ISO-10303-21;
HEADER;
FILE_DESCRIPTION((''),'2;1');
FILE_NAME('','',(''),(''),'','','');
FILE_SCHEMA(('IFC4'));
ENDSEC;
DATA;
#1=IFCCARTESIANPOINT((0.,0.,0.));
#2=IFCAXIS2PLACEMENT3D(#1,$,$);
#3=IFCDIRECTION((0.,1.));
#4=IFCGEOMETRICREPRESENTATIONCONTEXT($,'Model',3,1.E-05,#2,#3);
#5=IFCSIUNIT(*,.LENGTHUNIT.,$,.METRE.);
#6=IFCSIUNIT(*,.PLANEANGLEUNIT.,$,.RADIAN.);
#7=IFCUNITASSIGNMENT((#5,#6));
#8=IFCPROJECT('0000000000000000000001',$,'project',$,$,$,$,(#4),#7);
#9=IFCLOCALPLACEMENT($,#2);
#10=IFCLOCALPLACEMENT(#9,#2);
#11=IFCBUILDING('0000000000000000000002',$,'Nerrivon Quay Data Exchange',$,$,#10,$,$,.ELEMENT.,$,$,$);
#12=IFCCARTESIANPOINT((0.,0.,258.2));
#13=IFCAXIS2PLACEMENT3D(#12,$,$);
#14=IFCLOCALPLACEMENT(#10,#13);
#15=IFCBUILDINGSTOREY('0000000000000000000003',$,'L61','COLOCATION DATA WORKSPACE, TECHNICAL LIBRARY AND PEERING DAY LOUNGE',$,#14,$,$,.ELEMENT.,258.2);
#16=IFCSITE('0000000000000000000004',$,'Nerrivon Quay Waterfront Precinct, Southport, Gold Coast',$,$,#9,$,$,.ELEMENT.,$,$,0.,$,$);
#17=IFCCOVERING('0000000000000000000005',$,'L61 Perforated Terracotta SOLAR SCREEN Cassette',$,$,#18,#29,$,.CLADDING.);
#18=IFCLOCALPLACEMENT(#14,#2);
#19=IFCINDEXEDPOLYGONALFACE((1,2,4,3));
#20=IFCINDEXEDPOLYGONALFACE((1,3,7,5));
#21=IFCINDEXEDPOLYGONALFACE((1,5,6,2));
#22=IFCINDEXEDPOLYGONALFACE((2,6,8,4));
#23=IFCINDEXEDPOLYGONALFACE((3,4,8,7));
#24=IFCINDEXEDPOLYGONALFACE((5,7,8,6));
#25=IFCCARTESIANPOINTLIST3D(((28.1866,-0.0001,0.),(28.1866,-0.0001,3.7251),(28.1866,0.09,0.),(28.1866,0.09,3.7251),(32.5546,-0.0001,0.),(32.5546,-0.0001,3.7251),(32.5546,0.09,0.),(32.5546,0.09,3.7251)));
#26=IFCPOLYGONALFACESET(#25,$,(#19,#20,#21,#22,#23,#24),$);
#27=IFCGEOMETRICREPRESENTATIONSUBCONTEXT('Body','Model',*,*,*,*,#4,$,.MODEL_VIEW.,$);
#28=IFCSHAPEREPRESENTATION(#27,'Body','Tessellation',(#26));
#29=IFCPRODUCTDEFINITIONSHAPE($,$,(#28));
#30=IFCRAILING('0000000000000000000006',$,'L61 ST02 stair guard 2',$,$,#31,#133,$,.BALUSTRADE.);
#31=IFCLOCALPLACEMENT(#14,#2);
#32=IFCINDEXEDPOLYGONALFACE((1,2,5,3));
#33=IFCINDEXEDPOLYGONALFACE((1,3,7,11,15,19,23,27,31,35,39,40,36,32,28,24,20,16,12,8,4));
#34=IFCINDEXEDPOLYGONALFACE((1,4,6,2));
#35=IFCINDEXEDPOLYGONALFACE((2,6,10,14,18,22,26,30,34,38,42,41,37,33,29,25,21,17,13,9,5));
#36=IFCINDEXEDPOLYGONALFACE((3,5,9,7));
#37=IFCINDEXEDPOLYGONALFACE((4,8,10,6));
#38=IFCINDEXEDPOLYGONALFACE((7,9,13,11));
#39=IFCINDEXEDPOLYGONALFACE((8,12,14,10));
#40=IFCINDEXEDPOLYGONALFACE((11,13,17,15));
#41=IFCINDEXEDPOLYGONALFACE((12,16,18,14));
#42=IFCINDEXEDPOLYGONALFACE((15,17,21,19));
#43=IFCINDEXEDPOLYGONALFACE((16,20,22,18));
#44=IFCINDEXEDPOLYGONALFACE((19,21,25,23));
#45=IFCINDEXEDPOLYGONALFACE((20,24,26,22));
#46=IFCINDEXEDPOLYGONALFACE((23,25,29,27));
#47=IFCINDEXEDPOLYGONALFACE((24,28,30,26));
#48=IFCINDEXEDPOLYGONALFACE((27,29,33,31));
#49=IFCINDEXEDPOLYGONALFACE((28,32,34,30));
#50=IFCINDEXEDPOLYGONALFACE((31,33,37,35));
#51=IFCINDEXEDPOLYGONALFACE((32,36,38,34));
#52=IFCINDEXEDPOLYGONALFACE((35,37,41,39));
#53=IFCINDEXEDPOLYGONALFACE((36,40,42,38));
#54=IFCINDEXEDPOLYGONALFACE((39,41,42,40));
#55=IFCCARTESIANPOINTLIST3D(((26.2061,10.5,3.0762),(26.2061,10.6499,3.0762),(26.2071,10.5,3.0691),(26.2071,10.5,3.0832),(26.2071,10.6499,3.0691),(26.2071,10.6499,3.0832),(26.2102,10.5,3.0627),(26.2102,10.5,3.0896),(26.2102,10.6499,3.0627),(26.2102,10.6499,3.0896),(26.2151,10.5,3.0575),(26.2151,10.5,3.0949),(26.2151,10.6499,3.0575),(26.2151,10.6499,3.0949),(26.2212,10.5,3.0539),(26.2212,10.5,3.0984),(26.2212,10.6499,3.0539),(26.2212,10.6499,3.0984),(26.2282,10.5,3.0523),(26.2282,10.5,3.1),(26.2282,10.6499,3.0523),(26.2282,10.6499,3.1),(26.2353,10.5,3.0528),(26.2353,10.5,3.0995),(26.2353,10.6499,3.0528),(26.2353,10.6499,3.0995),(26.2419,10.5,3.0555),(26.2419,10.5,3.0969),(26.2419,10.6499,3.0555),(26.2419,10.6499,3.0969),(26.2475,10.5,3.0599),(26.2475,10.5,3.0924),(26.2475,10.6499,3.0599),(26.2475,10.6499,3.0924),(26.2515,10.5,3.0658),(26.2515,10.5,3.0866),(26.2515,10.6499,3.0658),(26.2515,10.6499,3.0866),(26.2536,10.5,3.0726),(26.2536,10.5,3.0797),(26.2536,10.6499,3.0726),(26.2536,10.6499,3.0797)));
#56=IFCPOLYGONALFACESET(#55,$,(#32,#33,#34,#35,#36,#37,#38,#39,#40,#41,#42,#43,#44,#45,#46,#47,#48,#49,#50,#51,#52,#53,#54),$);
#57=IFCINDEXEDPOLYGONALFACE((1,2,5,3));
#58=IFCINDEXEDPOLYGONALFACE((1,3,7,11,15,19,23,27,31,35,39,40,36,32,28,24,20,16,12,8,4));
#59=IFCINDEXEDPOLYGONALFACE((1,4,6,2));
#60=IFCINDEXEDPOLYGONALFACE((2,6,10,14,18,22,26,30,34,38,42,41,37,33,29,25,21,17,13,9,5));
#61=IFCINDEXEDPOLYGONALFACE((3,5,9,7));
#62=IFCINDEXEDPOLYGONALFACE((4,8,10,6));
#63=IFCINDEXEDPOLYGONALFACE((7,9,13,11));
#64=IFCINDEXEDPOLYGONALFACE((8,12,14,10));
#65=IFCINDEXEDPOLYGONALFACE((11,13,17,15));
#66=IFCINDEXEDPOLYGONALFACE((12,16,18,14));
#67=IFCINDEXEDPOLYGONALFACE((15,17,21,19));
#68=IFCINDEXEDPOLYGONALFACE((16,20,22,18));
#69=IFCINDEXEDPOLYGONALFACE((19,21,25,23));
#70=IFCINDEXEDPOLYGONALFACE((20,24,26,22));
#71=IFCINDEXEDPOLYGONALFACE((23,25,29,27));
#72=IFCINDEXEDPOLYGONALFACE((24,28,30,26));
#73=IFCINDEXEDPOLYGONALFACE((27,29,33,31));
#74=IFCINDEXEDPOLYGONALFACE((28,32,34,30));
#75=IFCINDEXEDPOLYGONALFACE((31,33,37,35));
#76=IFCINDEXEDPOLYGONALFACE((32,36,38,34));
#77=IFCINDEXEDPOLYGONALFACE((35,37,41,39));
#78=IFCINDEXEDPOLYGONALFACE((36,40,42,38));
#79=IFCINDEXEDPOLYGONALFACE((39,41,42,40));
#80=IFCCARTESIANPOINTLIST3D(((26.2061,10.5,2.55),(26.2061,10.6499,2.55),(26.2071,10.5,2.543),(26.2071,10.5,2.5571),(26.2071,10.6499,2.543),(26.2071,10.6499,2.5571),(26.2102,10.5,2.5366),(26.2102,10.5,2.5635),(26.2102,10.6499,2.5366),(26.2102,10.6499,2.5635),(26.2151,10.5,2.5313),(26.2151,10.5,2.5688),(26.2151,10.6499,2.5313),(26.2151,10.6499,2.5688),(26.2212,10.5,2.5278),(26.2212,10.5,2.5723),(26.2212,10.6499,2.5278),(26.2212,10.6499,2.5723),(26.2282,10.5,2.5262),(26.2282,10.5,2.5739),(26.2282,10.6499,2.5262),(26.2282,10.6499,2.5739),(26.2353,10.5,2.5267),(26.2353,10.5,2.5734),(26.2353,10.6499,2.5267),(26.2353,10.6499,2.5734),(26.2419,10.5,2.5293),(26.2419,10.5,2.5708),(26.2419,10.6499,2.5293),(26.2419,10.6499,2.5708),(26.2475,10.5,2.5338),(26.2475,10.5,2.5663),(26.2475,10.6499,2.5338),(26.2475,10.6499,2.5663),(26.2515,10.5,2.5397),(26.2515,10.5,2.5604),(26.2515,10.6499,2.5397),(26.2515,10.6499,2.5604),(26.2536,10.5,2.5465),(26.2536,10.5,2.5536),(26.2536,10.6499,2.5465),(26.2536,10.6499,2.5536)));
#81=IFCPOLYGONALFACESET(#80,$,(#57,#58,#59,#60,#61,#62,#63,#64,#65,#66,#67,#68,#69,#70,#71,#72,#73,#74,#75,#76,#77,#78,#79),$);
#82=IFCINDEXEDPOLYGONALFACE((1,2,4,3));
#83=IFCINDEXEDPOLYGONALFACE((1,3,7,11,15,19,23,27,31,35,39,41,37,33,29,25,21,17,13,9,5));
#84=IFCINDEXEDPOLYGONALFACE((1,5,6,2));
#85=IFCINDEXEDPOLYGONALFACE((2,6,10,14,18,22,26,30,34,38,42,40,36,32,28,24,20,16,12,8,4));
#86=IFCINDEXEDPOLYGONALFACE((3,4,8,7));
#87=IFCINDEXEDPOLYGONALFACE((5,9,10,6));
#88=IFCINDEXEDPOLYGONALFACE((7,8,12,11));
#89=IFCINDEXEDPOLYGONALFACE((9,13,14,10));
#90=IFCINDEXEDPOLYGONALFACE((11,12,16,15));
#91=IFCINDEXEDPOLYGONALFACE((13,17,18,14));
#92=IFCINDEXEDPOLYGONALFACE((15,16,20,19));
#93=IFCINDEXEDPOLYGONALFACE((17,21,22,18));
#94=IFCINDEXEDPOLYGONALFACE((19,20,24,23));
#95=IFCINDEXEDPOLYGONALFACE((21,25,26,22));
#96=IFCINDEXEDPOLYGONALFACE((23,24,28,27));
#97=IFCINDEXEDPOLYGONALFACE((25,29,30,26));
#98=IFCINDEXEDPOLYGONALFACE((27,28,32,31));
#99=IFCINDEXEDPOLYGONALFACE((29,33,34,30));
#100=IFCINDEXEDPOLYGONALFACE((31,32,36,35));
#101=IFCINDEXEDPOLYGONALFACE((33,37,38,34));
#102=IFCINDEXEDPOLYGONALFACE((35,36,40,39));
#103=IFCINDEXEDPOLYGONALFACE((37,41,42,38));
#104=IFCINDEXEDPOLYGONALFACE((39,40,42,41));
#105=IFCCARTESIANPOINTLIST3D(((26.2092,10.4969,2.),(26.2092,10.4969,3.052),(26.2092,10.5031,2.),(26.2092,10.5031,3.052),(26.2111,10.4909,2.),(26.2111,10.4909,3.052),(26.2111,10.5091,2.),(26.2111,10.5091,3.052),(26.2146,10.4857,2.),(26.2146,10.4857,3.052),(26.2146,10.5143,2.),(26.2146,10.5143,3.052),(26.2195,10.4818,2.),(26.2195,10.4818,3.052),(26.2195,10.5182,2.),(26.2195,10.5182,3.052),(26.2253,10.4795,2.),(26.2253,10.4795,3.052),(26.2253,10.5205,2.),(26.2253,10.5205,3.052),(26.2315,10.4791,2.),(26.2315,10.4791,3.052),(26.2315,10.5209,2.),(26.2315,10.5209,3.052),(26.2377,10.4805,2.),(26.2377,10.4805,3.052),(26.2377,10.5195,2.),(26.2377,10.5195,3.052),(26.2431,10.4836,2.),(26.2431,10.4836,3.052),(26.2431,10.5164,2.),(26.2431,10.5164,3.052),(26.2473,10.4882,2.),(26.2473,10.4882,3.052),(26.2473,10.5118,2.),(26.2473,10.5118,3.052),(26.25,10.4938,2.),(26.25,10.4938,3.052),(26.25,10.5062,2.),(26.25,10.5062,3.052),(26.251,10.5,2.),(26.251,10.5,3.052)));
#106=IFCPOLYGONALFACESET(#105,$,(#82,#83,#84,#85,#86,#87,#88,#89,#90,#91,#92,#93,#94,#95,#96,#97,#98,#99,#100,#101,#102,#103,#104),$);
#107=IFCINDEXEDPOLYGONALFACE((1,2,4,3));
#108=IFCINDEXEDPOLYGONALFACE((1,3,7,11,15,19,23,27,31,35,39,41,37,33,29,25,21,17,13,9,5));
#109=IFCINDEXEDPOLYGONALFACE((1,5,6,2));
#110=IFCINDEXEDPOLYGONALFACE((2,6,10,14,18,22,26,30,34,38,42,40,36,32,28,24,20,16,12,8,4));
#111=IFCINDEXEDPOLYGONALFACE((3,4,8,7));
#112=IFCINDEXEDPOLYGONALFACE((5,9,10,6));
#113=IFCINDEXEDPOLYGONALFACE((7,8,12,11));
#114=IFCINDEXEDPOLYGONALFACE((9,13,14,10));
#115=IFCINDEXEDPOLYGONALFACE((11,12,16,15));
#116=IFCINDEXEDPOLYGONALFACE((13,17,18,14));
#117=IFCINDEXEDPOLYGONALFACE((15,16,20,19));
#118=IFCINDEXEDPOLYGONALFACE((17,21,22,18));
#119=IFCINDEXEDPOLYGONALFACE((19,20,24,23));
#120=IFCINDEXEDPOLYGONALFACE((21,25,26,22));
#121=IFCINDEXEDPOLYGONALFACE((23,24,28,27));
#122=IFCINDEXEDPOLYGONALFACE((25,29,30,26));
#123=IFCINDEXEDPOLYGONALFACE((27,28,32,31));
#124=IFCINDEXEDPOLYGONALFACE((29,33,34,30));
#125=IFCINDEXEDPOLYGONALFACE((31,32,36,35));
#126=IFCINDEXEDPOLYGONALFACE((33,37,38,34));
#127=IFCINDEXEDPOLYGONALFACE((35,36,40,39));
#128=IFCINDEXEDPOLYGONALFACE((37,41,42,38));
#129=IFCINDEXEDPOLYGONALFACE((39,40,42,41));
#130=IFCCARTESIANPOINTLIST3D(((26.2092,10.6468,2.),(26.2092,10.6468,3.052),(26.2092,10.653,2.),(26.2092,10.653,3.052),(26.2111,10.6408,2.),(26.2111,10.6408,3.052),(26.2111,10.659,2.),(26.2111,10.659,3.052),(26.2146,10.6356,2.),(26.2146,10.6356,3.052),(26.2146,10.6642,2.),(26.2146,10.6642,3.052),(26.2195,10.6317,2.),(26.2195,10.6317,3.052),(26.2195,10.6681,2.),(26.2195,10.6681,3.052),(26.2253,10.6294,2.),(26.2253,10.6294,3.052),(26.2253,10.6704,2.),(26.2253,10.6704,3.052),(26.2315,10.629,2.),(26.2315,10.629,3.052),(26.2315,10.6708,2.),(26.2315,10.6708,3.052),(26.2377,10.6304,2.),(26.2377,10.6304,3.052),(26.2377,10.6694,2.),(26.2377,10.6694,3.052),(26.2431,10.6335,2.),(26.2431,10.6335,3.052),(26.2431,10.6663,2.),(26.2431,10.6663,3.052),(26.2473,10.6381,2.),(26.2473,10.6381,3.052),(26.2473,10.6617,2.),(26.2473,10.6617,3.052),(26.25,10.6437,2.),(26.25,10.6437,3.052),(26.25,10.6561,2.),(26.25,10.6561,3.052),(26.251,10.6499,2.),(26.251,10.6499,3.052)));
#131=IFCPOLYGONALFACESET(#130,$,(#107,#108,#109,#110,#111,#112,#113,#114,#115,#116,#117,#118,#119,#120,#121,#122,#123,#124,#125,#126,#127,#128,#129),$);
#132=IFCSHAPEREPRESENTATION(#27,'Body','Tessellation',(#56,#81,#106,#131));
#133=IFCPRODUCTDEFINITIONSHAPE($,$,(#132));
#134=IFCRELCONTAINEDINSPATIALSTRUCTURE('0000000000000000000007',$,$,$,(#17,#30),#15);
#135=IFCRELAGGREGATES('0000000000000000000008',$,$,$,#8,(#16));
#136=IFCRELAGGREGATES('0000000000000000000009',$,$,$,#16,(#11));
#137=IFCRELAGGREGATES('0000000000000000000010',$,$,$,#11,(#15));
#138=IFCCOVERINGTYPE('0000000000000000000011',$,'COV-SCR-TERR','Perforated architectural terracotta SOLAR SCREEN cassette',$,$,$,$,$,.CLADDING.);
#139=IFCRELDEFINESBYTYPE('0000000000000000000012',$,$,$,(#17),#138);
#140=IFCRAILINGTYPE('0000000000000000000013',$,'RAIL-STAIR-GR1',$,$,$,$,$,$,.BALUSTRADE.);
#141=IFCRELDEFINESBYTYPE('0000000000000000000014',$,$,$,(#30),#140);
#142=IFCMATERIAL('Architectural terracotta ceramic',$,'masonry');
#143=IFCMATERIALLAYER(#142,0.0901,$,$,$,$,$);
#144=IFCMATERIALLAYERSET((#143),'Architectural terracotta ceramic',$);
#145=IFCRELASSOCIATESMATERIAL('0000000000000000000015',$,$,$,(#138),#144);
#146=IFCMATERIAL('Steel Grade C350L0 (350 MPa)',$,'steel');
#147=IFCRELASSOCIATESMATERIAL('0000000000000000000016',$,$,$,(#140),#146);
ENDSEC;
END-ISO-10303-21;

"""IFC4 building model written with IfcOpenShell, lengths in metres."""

from ifc_helpers import new_model, si_unit, direction, frame, origin, origin_2d, place, context, subcontext, project, spatial, rectangle, circle, extrude, material, layer, layer_set, type_object, element, save


model = new_model("IFC4")

# Units and contexts
model_context = context("Model", 3, precision=1e-05, world=origin(), true_north=direction((0.0, 1.0)))
body_context = subcontext(model_context, "Body", "Model", "MODEL_VIEW")
ifc_project = project(units=[si_unit("LENGTHUNIT", "METRE"), si_unit("PLANEANGLEUNIT", "RADIAN")], contexts=[model_context])

# Site, building, storey
site_placement = place(None, origin())
site = spatial("IfcSite", under=ifc_project, at=site_placement, Name="Nerrivon Quay Waterfront Precinct, Southport, Gold Coast", CompositionType="ELEMENT", RefElevation=0.0)
building_placement = place(site_placement, origin())
building = spatial("IfcBuilding", under=site, at=building_placement, Name="Nerrivon Quay Data Exchange", CompositionType="ELEMENT")
storey_placement = place(building_placement, frame((0.0, 0.0, 258.2)))
storey = spatial("IfcBuildingStorey", under=building, at=storey_placement, Name="L61", Description="COLOCATION DATA WORKSPACE, TECHNICAL LIBRARY AND PEERING DAY LOUNGE", CompositionType="ELEMENT", Elevation=258.2)

# Covering
ifc_material_1 = material(Name="Architectural terracotta ceramic", Category="masonry")
ifc_layer_1 = layer(ifc_material_1, 0.0901)
ifc_layer_set_1 = layer_set([ifc_layer_1], Name="Architectural terracotta ceramic")
covering_type = type_object("IfcCoveringType", Name="COV-SCR-TERR", Description="Perforated architectural terracotta SOLAR SCREEN cassette", PredefinedType="CLADDING", material=ifc_layer_set_1)
covering_placement = place(storey_placement, frame((30.3706, 0.0449, 0.0), z_axis=(0.0, 0.0, 1.0), x_axis=(-1.0, 0.0, 0.0)))
element("IfcCovering", 1, at=covering_placement, inside=storey, type_object=covering_type, Name="L61 Perforated Terracotta SOLAR SCREEN Cassette", PredefinedType="CLADDING", context=body_context, shape_type="SweptSolid", body=[
    extrude(rectangle(XDim=4.3679, YDim=0.0901, at=origin_2d()), origin(), (0.0, 0.0, 1.0), 3.7251),
])

# Railing
ifc_material_2 = material(Name="Steel Grade C350L0 (350 MPa)", Category="steel")
railing_type = type_object("IfcRailingType", Name="RAIL-STAIR-GR1", PredefinedType="BALUSTRADE", material=ifc_material_2)
railing_placement = place(storey_placement, frame((26.23, 10.5, 2.0)))
element("IfcRailing", 2, at=railing_placement, inside=storey, type_object=railing_type, Name="L61 ST02 stair guard 2", PredefinedType="BALUSTRADE", context=body_context, shape_type="SweptSolid", body=[
    extrude(circle(Radius=0.0239, at=origin_2d()), frame((0.0, 0.0, 1.0762), z_axis=(0.0, 1.0, 0.0), x_axis=(-1.0, 0.0, 0.0)), (0.0, 0.0, 1.0), 0.1499),
    extrude(circle(Radius=0.0239, at=origin_2d()), frame((0.0, 0.0, 0.55), z_axis=(0.0, 1.0, 0.0), x_axis=(-1.0, 0.0, 0.0)), (0.0, 0.0, 1.0), 0.1499),
    extrude(circle(Radius=0.021, at=origin_2d()), origin(), (0.0, 0.0, 1.0), 1.052),
    extrude(circle(Radius=0.021, at=origin_2d()), frame((0.0, 0.1499, 0.0)), (0.0, 0.0, 1.0), 1.052),
])

save(model, "model.ifc")
